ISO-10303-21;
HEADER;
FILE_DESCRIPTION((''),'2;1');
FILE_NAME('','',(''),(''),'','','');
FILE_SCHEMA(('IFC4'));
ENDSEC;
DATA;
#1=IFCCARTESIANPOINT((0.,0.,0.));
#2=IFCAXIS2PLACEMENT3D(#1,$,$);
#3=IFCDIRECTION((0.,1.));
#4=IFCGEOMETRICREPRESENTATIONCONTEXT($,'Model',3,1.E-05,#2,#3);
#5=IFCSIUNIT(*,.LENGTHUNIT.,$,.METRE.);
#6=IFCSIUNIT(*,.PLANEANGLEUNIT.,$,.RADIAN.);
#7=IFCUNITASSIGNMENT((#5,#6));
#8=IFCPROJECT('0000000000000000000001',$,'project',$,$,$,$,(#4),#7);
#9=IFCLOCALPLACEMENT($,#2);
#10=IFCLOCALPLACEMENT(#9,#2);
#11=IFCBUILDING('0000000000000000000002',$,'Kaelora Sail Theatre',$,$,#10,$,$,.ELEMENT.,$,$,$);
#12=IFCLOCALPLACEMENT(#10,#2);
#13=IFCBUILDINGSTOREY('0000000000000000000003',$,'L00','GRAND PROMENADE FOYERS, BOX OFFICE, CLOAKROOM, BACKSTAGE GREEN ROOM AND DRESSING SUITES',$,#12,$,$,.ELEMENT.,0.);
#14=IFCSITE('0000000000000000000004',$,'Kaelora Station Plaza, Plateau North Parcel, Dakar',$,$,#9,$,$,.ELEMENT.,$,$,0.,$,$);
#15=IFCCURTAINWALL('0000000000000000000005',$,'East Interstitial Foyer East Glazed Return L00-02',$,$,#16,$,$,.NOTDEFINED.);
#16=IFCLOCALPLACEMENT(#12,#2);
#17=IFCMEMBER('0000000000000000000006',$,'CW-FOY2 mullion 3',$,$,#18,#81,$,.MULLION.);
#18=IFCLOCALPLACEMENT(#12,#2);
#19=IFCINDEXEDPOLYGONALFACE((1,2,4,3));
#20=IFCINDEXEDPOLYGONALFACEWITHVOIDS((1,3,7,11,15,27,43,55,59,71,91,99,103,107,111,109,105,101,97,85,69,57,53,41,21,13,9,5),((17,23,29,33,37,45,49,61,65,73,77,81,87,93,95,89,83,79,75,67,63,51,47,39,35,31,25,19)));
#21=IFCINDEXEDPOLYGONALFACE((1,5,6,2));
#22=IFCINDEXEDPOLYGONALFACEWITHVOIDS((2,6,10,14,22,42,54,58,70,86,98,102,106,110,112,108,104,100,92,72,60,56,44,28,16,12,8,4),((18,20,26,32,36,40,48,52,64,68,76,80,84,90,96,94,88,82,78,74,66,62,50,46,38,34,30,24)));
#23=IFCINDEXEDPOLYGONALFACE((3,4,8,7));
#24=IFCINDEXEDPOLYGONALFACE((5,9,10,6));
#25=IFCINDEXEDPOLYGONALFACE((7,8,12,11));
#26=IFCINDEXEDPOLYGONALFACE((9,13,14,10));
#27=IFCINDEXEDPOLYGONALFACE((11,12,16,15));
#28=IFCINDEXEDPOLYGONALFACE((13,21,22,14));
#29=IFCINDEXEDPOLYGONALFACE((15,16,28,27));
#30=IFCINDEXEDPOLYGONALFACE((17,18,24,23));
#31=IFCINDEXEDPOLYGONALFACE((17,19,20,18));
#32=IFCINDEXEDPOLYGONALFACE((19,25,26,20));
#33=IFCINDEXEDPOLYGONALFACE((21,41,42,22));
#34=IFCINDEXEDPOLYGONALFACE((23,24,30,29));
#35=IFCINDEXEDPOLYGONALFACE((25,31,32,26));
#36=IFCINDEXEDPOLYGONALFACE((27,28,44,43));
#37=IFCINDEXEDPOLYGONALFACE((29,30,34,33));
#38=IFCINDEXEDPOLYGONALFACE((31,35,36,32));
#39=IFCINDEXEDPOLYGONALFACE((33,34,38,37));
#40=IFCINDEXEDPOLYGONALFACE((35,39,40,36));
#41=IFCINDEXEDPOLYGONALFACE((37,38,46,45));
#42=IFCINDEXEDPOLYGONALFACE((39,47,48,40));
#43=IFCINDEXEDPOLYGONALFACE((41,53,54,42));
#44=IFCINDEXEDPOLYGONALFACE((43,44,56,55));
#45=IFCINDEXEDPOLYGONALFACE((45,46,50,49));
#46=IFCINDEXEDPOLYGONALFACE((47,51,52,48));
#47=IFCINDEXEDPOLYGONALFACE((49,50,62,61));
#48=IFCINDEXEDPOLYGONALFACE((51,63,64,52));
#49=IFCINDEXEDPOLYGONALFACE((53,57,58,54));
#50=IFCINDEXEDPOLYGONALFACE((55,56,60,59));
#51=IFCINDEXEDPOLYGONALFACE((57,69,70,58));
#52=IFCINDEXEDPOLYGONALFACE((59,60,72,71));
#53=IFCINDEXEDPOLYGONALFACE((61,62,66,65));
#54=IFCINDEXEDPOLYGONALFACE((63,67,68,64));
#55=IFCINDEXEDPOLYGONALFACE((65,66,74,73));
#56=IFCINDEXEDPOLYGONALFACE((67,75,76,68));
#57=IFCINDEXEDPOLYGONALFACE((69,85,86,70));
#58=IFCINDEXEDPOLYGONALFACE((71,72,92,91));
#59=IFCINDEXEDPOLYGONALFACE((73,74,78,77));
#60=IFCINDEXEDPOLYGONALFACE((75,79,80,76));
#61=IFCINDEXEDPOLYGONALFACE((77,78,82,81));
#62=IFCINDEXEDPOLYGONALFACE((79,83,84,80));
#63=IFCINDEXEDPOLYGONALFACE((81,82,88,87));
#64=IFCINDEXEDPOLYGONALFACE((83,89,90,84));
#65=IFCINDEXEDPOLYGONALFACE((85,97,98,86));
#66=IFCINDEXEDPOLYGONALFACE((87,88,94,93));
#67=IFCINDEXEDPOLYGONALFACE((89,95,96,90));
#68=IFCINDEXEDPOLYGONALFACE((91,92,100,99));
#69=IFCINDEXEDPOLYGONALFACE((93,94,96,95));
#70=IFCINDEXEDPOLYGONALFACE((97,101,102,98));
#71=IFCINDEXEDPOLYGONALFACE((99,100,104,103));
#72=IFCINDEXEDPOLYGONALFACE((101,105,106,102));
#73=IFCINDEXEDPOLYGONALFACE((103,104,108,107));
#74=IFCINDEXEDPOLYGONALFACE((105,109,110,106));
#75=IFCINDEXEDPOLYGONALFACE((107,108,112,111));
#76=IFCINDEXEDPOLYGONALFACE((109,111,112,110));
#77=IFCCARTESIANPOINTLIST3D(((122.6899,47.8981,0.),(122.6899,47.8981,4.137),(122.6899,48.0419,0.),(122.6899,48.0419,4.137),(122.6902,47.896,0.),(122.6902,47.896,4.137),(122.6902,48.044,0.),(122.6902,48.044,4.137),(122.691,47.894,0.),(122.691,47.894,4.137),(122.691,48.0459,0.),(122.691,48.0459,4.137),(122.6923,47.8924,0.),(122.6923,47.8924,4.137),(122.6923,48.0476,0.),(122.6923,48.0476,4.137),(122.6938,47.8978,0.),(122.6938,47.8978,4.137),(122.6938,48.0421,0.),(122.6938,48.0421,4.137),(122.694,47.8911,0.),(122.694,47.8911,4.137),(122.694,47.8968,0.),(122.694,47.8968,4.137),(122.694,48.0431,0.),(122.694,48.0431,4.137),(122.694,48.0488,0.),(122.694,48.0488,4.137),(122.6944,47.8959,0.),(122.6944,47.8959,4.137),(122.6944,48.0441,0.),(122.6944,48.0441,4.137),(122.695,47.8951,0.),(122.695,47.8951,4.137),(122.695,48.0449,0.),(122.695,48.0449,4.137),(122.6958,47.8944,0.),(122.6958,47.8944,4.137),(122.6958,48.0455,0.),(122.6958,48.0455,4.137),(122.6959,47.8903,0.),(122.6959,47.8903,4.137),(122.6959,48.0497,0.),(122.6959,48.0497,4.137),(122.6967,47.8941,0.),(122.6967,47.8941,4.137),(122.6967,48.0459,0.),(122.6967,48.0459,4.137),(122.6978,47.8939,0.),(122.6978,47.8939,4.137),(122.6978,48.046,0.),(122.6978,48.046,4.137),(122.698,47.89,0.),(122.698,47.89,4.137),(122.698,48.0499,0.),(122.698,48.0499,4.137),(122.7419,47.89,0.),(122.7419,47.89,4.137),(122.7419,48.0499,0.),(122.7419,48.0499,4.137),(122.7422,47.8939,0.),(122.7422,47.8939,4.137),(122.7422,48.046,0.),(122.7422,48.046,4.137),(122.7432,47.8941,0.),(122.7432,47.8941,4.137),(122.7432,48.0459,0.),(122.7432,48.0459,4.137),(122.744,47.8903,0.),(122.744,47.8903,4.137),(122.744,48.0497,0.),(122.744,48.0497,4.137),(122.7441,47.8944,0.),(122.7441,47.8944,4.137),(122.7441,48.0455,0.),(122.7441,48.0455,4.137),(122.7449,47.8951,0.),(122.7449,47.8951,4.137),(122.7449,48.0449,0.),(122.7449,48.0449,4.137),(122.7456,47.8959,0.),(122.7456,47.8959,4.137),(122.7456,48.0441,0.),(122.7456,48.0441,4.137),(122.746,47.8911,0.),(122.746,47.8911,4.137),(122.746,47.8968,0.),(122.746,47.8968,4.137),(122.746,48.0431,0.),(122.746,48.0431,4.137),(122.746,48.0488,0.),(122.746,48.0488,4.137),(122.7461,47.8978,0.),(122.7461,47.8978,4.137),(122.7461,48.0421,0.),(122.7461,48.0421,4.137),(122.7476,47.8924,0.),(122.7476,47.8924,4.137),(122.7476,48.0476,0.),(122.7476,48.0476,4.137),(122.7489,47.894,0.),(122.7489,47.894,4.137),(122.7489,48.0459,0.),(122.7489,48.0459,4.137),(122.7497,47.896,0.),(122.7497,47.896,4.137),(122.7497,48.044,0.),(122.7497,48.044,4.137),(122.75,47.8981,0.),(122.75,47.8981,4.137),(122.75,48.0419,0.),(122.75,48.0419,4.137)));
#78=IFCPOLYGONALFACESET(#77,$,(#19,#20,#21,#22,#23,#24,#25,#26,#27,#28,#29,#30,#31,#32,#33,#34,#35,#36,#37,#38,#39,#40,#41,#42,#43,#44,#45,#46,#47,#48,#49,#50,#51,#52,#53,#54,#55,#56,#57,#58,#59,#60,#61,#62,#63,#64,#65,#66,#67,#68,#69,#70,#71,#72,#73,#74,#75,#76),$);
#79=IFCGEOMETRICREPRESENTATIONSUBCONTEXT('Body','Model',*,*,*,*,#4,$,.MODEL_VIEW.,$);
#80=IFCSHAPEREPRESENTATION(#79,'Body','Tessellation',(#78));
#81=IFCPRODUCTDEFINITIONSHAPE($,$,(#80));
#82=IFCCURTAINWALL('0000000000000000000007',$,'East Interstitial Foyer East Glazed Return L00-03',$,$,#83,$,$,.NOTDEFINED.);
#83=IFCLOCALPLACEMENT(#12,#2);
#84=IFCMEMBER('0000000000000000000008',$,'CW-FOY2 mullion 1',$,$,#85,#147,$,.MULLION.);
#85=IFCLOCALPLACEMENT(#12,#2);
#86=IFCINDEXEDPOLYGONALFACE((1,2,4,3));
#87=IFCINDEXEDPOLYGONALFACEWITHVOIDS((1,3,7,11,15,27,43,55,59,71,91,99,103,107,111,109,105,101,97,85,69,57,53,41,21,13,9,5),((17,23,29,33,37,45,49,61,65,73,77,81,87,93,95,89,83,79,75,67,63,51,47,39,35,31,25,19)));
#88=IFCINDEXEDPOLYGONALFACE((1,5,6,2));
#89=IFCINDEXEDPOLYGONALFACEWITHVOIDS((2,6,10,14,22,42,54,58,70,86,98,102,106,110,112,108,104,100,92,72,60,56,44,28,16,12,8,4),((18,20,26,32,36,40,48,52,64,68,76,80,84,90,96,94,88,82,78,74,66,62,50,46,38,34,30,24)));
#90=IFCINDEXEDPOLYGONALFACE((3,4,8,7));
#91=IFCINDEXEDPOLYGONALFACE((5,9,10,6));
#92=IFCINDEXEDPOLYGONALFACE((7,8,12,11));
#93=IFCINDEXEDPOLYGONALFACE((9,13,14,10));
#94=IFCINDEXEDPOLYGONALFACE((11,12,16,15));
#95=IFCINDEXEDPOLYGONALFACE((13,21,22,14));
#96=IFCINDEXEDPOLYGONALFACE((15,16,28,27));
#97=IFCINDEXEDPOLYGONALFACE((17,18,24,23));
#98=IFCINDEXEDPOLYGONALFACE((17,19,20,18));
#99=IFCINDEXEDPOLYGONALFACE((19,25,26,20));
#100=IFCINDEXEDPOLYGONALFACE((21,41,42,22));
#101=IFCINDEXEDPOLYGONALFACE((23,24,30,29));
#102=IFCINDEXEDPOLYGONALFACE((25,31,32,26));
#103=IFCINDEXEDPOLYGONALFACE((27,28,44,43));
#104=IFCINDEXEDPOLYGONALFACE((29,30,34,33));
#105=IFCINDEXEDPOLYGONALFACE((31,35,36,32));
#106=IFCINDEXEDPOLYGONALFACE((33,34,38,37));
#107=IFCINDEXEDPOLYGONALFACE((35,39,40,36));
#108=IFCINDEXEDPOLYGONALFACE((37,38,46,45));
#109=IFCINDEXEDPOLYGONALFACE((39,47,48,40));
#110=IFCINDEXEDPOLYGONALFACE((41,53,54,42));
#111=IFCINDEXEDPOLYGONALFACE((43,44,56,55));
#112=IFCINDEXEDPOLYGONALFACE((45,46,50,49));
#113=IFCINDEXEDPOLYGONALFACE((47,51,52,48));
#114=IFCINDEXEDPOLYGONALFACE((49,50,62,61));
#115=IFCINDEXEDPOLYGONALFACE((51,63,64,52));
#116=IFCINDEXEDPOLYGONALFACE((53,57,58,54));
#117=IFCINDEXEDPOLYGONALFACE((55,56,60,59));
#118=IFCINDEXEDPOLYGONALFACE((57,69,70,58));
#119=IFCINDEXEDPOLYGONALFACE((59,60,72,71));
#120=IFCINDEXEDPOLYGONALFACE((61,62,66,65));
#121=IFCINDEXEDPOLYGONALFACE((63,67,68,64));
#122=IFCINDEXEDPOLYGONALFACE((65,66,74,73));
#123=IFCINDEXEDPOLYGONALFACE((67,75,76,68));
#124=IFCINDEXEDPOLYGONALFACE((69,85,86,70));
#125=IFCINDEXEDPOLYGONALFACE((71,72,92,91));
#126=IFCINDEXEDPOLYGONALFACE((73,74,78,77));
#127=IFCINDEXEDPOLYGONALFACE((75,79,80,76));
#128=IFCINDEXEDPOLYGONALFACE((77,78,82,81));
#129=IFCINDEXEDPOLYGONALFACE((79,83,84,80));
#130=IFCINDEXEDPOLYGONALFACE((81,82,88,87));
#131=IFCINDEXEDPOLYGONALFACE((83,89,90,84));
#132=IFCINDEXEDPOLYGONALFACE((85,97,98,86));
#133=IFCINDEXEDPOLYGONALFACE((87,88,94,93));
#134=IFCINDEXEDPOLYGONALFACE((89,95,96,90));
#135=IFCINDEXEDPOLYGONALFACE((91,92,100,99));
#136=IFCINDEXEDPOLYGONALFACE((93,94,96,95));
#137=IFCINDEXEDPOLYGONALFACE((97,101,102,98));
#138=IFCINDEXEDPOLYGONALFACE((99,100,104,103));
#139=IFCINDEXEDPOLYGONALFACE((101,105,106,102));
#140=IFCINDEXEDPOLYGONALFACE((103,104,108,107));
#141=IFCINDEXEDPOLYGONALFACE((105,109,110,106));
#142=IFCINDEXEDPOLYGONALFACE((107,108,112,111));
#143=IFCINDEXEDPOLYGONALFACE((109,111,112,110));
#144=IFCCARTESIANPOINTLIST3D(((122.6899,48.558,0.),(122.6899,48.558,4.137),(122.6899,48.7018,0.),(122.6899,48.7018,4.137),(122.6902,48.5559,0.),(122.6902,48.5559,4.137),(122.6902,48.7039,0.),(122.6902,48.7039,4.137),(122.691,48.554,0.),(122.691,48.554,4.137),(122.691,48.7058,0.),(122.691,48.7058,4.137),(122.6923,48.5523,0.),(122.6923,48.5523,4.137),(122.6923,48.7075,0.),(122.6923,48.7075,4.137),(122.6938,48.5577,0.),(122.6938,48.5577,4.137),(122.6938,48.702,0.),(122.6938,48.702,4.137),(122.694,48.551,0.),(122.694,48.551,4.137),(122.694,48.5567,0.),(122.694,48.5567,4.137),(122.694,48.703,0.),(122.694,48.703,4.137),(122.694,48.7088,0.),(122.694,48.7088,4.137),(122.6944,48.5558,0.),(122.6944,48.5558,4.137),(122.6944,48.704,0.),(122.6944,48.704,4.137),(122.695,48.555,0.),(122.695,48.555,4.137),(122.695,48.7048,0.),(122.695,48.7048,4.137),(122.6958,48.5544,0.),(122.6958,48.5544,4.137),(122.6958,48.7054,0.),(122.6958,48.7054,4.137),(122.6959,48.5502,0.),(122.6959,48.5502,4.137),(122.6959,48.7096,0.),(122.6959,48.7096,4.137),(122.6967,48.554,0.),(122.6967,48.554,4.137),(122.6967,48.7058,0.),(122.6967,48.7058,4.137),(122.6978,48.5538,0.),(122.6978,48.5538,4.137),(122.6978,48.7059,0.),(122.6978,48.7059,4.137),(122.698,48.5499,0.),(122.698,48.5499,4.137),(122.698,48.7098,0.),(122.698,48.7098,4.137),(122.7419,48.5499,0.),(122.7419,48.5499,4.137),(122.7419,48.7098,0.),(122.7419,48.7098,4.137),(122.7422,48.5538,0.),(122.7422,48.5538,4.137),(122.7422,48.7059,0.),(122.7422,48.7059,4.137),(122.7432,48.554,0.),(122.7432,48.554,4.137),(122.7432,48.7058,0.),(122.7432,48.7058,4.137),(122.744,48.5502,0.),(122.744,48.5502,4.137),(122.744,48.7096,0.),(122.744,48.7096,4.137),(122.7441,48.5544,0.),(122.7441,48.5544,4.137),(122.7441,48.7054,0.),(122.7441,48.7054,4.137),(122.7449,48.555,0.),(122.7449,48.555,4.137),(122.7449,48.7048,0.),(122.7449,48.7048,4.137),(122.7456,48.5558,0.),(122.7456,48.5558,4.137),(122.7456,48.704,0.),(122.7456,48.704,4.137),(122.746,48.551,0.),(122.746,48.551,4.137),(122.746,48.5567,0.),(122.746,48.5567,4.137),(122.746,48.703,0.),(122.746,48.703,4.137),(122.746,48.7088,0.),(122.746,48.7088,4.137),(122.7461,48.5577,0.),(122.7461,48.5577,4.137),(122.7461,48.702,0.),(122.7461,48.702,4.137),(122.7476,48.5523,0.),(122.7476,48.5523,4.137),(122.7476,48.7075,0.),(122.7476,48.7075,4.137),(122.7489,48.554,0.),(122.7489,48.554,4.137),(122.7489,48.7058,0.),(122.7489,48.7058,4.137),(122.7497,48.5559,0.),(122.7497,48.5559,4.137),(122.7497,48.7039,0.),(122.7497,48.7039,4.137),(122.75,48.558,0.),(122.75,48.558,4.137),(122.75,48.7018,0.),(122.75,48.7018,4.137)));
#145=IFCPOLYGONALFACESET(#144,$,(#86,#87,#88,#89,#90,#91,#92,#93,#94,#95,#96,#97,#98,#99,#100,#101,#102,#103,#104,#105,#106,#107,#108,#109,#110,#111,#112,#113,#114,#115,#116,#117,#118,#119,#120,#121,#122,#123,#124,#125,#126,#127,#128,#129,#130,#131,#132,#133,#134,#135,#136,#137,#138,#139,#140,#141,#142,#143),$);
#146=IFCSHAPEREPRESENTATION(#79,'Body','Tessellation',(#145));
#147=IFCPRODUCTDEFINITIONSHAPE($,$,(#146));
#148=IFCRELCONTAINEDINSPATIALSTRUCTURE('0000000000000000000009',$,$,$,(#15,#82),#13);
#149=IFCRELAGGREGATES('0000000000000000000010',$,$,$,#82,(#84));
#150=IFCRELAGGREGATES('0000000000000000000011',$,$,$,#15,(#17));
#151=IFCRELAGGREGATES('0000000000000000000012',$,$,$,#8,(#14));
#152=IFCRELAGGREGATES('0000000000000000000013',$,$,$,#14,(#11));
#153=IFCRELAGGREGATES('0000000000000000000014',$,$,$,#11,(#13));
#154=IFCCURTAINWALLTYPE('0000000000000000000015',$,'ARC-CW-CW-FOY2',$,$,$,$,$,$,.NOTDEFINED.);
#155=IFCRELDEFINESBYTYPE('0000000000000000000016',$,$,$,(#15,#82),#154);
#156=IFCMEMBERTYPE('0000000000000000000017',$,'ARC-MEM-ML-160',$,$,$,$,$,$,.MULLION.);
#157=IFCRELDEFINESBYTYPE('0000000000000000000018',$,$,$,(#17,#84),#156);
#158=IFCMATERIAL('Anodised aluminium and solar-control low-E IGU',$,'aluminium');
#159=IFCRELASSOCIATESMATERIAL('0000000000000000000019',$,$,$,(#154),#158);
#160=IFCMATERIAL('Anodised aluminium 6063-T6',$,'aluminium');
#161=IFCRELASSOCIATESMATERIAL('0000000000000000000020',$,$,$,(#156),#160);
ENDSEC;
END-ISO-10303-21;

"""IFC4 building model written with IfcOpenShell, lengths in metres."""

from ifc_helpers import new_model, si_unit, direction, frame, origin, origin_2d, place, context, subcontext, project, spatial, hollow_rectangle, extrude, material, material_profile, profile_set, type_object, element, aggregate, save


model = new_model("IFC4")

# Units and contexts
model_context = context("Model", 3, precision=1e-05, world=origin(), true_north=direction((0.0, 1.0)))
body_context = subcontext(model_context, "Body", "Model", "MODEL_VIEW")
ifc_project = project(units=[si_unit("LENGTHUNIT", "METRE"), si_unit("PLANEANGLEUNIT", "RADIAN")], contexts=[model_context])

# Site, building, storey
site_placement = place(None, origin())
site = spatial("IfcSite", under=ifc_project, at=site_placement, Name="Kaelora Station Plaza, Plateau North Parcel, Dakar", CompositionType="ELEMENT", RefElevation=0.0)
building_placement = place(site_placement, origin())
building = spatial("IfcBuilding", under=site, at=building_placement, Name="Kaelora Sail Theatre", CompositionType="ELEMENT")
storey_placement = place(building_placement, origin())
storey = spatial("IfcBuildingStorey", under=building, at=storey_placement, Name="L00", Description="GRAND PROMENADE FOYERS, BOX OFFICE, CLOAKROOM, BACKSTAGE GREEN ROOM AND DRESSING SUITES", CompositionType="ELEMENT", Elevation=0.0)

# Curtain wall, member
ifc_material_1 = material(Name="Anodised aluminium and solar-control low-E IGU", Category="aluminium")
curtain_wall_type = type_object("IfcCurtainWallType", Name="ARC-CW-CW-FOY2", PredefinedType="NOTDEFINED", material=ifc_material_1)
curtain_wall_1_placement = place(storey_placement, origin())
curtain_wall_1 = element("IfcCurtainWall", 1, at=curtain_wall_1_placement, inside=storey, type_object=curtain_wall_type, Name="East Interstitial Foyer East Glazed Return L00-02", PredefinedType="NOTDEFINED")
ifc_material_2 = material(Name="Anodised aluminium 6063-T6", Category="aluminium")
ifc_material_profile_1 = material_profile(ifc_material_2, hollow_rectangle(XDim=0.0601, YDim=0.1599, WallThickness=0.0039, InnerFilletRadius=0.0039, OuterFilletRadius=0.0081, at=origin_2d()), Name="ALU-MULL 60x160x4")
ifc_profile_set_1 = profile_set([ifc_material_profile_1], Name="Anodised aluminium 6063-T6")
member_type_1 = type_object("IfcMemberType", Name="ARC-MEM-ML-160", PredefinedType="MULLION", material=ifc_profile_set_1)
member_1_placement = place(storey_placement, frame((122.72, 47.97, 0.0), z_axis=(0.0, 0.0, 1.0), x_axis=(-1.0, 0.0, 0.0)))
member_1 = element("IfcMember", 2, at=member_1_placement, type_object=member_type_1, Name="CW-FOY2 mullion 3", PredefinedType="MULLION", context=body_context, shape_type="SweptSolid", body=[
    extrude(hollow_rectangle(XDim=0.0601, YDim=0.1599, WallThickness=0.0039, InnerFilletRadius=0.0039, OuterFilletRadius=0.0081, at=origin_2d()), origin(), (0.0, 0.0, 1.0), 4.137),
])

# Curtain wall, member
curtain_wall_2_placement = place(storey_placement, origin())
curtain_wall_2 = element("IfcCurtainWall", 3, at=curtain_wall_2_placement, inside=storey, type_object=curtain_wall_type, Name="East Interstitial Foyer East Glazed Return L00-03", PredefinedType="NOTDEFINED")
member_2_placement = place(storey_placement, frame((122.72, 48.6299, 0.0), z_axis=(0.0, 0.0, 1.0), x_axis=(-1.0, 0.0, 0.0)))
member_2 = element("IfcMember", 4, at=member_2_placement, type_object=member_type_1, Name="CW-FOY2 mullion 1", PredefinedType="MULLION", context=body_context, shape_type="SweptSolid", body=[
    extrude(hollow_rectangle(XDim=0.0601, YDim=0.1599, WallThickness=0.0039, InnerFilletRadius=0.0039, OuterFilletRadius=0.0081, at=origin_2d()), origin(), (0.0, 0.0, 1.0), 4.137),
])

aggregate(curtain_wall_2, [member_2])

aggregate(curtain_wall_1, [member_1])

save(model, "model.ifc")
